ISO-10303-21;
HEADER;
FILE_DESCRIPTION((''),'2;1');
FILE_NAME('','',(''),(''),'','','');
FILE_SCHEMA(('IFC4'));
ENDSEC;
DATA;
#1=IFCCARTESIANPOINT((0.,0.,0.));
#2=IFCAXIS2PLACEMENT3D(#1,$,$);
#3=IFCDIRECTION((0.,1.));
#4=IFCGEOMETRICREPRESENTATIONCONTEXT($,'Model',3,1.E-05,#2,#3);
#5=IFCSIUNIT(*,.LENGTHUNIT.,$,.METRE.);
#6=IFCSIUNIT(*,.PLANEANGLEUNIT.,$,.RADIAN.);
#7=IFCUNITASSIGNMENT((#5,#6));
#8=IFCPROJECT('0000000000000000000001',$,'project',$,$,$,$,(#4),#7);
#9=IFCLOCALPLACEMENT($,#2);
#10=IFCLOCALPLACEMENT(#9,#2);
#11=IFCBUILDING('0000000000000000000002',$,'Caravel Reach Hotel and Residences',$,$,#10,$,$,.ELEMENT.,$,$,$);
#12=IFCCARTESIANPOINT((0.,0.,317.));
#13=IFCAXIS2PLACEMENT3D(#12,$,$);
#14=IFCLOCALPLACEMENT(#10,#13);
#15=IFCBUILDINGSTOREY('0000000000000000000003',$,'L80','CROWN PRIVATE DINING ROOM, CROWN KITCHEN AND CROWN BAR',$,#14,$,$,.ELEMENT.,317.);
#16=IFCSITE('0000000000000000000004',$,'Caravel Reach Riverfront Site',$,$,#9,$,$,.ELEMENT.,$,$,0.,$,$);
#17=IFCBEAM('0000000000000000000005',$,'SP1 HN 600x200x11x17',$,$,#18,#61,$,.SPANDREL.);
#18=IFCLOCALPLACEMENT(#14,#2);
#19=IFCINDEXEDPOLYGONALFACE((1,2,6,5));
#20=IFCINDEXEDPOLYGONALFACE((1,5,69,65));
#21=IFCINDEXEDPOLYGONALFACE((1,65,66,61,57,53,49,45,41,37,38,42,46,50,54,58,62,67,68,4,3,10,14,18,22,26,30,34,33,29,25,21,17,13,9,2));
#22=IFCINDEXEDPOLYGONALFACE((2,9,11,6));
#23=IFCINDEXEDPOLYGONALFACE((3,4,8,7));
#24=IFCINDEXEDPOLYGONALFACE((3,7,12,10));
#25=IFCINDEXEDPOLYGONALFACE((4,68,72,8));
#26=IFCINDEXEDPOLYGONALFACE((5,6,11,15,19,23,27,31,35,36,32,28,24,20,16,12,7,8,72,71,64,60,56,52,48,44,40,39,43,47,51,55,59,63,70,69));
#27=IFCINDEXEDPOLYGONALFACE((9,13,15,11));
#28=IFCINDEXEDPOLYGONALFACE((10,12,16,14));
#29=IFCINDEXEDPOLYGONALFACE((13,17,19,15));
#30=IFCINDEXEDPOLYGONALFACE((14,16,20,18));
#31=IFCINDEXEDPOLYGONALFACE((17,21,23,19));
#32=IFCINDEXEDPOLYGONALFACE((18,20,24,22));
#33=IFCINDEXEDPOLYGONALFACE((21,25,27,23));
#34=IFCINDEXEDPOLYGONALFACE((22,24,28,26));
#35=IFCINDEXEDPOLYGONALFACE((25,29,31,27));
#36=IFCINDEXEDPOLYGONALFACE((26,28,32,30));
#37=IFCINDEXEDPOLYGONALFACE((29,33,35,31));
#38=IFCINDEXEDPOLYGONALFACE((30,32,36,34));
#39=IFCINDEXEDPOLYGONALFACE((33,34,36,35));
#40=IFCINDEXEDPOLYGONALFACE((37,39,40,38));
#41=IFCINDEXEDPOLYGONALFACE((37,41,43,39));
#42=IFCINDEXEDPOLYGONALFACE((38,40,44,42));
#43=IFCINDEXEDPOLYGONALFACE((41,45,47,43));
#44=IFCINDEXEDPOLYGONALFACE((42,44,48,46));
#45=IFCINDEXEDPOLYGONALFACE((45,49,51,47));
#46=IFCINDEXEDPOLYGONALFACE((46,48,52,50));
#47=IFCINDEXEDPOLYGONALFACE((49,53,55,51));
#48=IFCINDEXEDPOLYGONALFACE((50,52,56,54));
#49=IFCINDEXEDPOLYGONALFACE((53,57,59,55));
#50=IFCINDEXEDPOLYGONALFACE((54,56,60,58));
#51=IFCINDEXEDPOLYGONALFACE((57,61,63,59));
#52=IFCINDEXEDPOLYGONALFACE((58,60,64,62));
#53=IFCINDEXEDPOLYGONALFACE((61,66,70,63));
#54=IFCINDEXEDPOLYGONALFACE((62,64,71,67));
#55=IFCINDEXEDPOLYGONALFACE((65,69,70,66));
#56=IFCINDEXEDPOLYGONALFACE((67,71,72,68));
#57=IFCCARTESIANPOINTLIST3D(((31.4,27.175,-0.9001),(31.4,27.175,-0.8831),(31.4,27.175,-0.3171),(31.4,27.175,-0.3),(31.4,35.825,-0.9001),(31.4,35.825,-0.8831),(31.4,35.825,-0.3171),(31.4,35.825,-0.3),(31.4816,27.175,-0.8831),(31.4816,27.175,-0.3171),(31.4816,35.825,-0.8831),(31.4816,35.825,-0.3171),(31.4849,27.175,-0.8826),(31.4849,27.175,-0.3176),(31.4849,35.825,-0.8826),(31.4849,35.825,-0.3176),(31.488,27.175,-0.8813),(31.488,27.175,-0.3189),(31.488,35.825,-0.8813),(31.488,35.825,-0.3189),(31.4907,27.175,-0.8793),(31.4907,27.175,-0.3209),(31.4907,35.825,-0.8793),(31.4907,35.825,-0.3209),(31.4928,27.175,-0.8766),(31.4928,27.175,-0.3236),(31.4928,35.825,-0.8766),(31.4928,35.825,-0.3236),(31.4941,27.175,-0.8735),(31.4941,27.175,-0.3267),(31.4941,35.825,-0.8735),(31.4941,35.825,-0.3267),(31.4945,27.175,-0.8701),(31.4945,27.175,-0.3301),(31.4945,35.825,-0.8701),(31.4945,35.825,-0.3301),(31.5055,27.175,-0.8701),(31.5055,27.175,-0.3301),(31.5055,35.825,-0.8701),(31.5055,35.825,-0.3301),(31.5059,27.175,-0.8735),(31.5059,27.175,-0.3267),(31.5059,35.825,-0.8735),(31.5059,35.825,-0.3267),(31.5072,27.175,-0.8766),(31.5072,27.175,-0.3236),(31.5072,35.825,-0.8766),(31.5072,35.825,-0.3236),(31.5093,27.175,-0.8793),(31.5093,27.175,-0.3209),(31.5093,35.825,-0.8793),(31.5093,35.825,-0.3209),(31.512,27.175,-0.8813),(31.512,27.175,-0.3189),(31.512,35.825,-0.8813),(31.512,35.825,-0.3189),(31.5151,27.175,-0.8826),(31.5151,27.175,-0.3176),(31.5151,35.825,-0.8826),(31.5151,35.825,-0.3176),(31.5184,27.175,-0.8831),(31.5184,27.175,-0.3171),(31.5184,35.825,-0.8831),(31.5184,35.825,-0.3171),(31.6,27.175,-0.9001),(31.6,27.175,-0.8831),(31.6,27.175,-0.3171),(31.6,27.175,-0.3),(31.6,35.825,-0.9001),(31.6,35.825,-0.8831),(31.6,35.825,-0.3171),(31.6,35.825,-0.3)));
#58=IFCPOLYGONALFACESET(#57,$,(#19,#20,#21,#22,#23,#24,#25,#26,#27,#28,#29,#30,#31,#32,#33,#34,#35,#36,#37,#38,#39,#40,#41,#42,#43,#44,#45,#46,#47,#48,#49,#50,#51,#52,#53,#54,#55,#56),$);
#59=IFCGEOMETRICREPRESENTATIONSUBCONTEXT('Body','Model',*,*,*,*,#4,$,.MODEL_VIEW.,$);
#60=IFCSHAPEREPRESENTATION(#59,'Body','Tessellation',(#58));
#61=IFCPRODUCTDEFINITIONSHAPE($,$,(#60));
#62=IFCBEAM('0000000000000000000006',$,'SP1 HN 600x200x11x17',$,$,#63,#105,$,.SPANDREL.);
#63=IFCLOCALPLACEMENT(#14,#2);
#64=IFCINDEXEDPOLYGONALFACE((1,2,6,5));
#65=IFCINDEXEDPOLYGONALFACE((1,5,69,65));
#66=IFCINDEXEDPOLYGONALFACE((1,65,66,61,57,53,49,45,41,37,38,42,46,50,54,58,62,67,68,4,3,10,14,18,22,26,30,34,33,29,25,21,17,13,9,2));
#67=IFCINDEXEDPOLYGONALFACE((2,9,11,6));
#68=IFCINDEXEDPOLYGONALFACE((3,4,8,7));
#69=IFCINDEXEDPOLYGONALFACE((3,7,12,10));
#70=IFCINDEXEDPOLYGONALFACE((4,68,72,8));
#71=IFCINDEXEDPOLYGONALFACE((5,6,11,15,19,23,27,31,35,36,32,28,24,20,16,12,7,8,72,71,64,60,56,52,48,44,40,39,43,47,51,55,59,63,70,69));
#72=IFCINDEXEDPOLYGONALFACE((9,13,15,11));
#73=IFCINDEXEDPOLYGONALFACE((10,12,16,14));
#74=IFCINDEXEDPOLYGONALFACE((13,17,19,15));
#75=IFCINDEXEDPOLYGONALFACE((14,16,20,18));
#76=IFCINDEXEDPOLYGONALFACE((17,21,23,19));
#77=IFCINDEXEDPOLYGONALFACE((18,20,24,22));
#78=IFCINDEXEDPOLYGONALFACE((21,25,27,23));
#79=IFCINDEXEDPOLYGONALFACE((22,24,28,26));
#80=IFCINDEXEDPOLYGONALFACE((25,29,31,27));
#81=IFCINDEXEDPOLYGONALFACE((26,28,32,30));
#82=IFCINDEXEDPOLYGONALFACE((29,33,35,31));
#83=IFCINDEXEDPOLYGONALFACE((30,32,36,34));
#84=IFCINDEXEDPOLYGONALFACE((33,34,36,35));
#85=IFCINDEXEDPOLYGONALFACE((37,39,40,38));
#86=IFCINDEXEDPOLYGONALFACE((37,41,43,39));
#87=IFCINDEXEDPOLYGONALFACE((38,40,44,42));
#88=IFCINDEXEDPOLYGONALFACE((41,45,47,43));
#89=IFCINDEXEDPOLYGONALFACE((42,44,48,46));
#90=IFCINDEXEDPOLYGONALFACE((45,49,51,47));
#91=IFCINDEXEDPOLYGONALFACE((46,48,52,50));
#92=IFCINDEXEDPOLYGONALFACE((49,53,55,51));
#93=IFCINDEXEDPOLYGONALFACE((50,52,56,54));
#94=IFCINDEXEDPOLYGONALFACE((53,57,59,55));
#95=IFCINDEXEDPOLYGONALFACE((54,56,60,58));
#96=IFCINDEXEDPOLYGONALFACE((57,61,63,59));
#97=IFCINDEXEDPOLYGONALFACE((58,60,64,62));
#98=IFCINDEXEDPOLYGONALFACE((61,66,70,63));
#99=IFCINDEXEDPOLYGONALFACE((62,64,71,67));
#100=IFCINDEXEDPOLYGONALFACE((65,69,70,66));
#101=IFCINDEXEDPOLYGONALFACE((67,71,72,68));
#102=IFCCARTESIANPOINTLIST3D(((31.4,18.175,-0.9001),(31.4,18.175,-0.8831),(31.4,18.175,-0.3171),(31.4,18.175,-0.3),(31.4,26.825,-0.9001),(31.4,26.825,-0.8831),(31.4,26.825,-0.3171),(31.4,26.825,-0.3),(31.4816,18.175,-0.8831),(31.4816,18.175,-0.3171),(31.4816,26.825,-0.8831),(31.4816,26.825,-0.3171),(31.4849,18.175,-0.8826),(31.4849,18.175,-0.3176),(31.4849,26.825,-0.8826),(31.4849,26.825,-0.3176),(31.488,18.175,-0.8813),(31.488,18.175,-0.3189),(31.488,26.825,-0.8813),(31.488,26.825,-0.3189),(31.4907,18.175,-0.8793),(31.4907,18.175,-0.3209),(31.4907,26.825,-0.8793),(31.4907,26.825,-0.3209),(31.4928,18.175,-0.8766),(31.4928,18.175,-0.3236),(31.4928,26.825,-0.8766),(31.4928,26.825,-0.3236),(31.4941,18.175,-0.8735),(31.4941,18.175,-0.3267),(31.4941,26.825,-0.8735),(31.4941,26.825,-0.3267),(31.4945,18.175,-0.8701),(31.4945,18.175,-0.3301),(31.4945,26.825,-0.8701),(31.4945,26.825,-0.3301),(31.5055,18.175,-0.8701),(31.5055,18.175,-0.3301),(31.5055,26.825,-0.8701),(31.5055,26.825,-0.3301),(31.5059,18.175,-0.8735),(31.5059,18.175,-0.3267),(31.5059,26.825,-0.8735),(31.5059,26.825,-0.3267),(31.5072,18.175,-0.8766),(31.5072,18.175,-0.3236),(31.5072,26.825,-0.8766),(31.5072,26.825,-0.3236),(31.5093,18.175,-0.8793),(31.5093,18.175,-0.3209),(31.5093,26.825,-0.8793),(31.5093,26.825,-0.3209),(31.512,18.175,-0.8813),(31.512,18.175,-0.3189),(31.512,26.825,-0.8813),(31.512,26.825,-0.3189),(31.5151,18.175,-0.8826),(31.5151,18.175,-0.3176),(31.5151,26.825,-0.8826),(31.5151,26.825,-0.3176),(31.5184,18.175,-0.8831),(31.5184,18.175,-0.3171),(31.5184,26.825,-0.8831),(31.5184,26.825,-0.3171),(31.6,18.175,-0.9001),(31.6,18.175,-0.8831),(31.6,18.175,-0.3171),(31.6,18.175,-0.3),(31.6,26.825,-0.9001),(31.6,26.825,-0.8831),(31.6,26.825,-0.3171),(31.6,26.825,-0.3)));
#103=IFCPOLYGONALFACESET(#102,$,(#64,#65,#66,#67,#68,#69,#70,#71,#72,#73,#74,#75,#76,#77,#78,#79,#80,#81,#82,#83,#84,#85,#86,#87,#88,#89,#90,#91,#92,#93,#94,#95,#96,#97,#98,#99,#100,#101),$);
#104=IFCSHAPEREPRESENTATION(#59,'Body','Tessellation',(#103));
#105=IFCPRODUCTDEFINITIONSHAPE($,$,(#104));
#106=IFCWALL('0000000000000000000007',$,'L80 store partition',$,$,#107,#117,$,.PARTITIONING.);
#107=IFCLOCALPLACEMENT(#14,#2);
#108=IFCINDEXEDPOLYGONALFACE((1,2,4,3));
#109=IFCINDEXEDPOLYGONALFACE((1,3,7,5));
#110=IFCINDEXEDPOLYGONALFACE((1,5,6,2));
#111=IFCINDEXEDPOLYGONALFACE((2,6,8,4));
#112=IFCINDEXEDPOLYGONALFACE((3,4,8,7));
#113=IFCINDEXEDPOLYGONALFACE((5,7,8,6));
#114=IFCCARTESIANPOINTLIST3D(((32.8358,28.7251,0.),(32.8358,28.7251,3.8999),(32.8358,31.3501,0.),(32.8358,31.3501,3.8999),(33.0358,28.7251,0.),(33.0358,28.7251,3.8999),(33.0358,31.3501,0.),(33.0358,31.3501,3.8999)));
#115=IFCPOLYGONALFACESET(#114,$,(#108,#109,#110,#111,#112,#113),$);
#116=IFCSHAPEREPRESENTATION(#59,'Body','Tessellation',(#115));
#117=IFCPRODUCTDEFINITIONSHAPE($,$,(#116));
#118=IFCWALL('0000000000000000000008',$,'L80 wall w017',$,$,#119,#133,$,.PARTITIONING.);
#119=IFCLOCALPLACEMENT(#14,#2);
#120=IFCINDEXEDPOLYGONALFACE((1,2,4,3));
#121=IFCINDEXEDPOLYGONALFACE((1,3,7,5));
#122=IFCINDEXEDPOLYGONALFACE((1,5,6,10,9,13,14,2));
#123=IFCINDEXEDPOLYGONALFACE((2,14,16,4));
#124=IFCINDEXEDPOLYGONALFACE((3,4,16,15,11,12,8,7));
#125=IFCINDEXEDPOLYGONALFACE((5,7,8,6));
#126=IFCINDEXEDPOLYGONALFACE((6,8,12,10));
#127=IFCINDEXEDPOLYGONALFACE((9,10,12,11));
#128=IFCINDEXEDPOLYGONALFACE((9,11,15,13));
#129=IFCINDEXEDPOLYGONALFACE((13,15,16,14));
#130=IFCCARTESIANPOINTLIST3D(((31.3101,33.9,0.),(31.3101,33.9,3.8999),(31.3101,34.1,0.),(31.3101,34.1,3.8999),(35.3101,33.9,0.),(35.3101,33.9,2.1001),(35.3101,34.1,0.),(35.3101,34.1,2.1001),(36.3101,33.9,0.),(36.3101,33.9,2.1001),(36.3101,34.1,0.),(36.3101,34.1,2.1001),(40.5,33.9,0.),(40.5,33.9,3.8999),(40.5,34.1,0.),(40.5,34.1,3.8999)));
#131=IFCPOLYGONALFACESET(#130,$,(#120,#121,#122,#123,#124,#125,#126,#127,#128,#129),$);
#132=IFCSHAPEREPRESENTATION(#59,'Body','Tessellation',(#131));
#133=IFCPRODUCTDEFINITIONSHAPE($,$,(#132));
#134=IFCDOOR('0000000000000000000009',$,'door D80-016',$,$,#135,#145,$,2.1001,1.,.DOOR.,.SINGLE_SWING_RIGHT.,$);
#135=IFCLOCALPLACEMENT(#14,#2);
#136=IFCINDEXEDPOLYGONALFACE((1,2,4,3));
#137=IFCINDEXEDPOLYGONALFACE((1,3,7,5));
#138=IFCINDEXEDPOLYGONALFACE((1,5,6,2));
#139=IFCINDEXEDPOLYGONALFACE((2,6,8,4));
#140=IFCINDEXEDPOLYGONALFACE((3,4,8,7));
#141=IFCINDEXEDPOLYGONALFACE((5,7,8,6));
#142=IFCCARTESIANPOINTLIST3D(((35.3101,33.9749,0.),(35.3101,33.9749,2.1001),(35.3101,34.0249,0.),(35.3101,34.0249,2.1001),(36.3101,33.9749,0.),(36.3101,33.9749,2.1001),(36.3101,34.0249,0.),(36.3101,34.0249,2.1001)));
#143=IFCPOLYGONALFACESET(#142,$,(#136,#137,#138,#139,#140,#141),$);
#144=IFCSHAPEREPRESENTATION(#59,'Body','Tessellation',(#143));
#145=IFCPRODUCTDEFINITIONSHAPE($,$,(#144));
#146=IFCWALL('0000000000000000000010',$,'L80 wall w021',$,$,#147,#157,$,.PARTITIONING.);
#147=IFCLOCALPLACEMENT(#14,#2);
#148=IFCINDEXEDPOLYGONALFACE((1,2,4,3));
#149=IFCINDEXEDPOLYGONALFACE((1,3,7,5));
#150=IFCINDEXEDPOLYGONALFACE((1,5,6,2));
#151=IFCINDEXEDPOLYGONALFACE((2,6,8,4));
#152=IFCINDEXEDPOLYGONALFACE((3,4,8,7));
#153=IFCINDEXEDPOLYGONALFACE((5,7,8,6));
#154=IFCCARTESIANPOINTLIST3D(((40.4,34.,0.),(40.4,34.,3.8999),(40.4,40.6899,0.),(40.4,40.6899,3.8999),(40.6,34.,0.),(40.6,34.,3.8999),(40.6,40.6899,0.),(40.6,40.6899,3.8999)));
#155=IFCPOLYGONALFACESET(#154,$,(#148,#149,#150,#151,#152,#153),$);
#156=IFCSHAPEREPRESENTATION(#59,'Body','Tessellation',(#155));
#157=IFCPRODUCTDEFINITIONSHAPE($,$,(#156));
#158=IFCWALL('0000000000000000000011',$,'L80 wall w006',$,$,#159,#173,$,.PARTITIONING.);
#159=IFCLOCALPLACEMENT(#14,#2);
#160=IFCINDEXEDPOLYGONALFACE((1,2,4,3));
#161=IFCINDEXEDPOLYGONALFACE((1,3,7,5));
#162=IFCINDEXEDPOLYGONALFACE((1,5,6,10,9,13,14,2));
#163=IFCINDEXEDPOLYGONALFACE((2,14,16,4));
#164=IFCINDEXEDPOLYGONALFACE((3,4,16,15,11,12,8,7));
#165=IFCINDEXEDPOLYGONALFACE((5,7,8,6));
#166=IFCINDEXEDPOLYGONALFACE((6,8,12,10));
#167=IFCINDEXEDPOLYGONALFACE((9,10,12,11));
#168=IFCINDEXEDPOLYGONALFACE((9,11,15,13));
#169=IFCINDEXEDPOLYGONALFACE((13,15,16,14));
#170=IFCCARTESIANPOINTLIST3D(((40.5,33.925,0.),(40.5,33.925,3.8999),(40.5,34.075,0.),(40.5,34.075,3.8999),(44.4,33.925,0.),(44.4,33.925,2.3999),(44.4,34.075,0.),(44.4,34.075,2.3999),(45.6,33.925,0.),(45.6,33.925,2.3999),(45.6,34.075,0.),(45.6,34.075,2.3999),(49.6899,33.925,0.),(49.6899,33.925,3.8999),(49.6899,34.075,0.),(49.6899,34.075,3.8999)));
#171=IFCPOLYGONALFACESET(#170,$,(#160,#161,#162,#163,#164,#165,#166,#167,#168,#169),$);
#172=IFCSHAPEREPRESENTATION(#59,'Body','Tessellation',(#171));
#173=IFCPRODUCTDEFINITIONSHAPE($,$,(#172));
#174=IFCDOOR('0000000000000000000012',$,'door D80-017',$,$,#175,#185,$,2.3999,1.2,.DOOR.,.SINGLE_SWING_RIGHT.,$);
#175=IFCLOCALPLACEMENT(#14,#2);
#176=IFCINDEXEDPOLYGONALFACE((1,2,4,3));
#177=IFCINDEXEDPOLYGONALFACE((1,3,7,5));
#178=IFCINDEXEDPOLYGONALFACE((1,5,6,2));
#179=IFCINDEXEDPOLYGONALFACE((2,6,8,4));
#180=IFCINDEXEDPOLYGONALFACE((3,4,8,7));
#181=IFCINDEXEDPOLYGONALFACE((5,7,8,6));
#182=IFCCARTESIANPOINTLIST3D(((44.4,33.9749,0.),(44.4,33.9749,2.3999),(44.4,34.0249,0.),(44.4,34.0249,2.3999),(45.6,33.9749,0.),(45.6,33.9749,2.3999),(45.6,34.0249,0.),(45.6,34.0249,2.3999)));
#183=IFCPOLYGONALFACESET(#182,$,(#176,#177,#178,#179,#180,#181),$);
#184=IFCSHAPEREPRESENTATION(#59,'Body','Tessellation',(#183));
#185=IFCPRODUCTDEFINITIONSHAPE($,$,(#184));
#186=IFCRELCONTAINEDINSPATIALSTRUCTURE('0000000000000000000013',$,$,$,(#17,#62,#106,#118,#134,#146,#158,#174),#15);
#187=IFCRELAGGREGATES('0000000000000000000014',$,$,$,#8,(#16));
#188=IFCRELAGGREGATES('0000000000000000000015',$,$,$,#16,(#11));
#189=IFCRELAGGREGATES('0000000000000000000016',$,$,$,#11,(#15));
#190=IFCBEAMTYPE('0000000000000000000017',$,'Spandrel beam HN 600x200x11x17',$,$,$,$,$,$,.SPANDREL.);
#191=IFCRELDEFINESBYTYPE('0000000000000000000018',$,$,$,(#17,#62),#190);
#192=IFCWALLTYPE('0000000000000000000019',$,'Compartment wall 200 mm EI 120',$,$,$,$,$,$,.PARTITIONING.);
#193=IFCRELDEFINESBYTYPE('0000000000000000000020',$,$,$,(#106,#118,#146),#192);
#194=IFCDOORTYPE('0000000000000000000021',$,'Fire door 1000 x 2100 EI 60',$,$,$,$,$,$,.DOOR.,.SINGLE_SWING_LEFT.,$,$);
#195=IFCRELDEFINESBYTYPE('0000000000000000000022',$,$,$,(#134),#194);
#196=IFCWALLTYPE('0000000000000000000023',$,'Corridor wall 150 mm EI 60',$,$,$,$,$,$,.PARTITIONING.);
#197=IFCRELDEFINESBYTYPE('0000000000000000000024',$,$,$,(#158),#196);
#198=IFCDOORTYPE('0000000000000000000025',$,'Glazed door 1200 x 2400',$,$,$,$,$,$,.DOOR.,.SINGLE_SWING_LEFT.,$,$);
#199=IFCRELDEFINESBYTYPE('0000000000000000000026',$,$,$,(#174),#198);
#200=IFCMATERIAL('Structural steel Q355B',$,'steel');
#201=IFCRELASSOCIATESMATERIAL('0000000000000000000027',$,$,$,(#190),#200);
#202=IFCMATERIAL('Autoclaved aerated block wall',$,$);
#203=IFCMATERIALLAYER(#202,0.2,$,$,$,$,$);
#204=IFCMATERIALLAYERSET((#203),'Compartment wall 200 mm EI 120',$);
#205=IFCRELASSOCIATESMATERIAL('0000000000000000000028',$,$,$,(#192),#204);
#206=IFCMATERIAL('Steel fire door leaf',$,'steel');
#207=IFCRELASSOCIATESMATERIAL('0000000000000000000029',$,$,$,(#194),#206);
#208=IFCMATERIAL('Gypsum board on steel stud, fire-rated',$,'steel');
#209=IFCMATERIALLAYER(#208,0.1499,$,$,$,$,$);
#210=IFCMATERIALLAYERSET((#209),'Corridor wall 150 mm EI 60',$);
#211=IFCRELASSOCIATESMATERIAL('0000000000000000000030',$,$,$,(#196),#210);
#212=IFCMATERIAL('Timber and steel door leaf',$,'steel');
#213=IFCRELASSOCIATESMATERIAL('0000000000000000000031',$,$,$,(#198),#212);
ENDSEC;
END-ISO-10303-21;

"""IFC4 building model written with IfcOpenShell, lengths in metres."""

from ifc_helpers import new_model, si_unit, direction, frame, frame_2d, origin, origin_2d, place, context, subcontext, project, spatial, rectangle, i_section, extrude, material, layer, layer_set, material_profile, profile_set, type_object, element, fill, save


model = new_model("IFC4")

# Units and contexts
model_context = context("Model", 3, precision=1e-05, world=origin(), true_north=direction((0.0, 1.0)))
body_context = subcontext(model_context, "Body", "Model", "MODEL_VIEW")
ifc_project = project(units=[si_unit("LENGTHUNIT", "METRE"), si_unit("PLANEANGLEUNIT", "RADIAN")], contexts=[model_context])

# Site, building, storey
site_placement = place(None, origin())
site = spatial("IfcSite", under=ifc_project, at=site_placement, Name="Caravel Reach Riverfront Site", CompositionType="ELEMENT", RefElevation=0.0)
building_placement = place(site_placement, origin())
building = spatial("IfcBuilding", under=site, at=building_placement, Name="Caravel Reach Hotel and Residences", CompositionType="ELEMENT")
storey_placement = place(building_placement, frame((0.0, 0.0, 317.0)))
storey = spatial("IfcBuildingStorey", under=building, at=storey_placement, Name="L80", Description="CROWN PRIVATE DINING ROOM, CROWN KITCHEN AND CROWN BAR", CompositionType="ELEMENT", Elevation=317.0)

# Beams
ifc_material_1 = material(Name="Structural steel Q355B", Category="steel")
ifc_material_profile_1 = material_profile(ifc_material_1, i_section(OverallWidth=0.2, OverallDepth=0.6001, WebThickness=0.011, FlangeThickness=0.0171, FilletRadius=0.0129, at=origin_2d()), Name="HN 600x200x11x17")
ifc_profile_set_1 = profile_set([ifc_material_profile_1], Name="Structural steel Q355B")
beam_type_1 = type_object("IfcBeamType", Name="Spandrel beam HN 600x200x11x17", PredefinedType="SPANDREL", material=ifc_profile_set_1)
for number, where, z_axis, x_axis, name in (
    (1, (31.5, 35.825, -0.6001), (0.0, -1.0, 0.0), (1.0, 0.0, 0.0), "SP1 HN 600x200x11x17"),
    (2, (31.5, 26.825, -0.6001), (0.0, -1.0, 0.0), (1.0, 0.0, 0.0), "SP1 HN 600x200x11x17"),
):
    element("IfcBeam", number, at=place(storey_placement, frame(where, z_axis=z_axis, x_axis=x_axis)), inside=storey, type_object=beam_type_1, Name=name, PredefinedType="SPANDREL", context=body_context, shape_type="SweptSolid", body=[
        extrude(i_section(OverallWidth=0.2, OverallDepth=0.6001, WebThickness=0.011, FlangeThickness=0.0171, FilletRadius=0.0129, at=origin_2d()), origin(), (0.0, 0.0, 1.0), 8.6499),
    ])

# Wall
ifc_material_2 = material(Name="Autoclaved aerated block wall")
ifc_layer_1 = layer(ifc_material_2, 0.2)
ifc_layer_set_1 = layer_set([ifc_layer_1], Name="Compartment wall 200 mm EI 120")
wall_type_1 = type_object("IfcWallType", Name="Compartment wall 200 mm EI 120", PredefinedType="PARTITIONING", material=ifc_layer_set_1)
wall_1_placement = place(storey_placement, frame((32.9358, 28.7251, 0.0), z_axis=(0.0, 0.0, 1.0), x_axis=(0.0, 1.0, 0.0)))
element("IfcWall", 3, at=wall_1_placement, inside=storey, type_object=wall_type_1, Name="L80 store partition", PredefinedType="PARTITIONING", context=body_context, shape_type="SweptSolid", body=[
    extrude(rectangle(XDim=2.625, YDim=0.2, at=frame_2d((1.3125, 0.0))), origin(), (0.0, 0.0, 1.0), 3.8999),
])

# Wall, opening, door
wall_2_placement = place(storey_placement, frame((31.3101, 34.0, 0.0), z_axis=(0.0, 0.0, 1.0), x_axis=(1.0, 0.0, 0.0)))
wall_2 = element("IfcWall", 4, at=wall_2_placement, inside=storey, type_object=wall_type_1, Name="L80 wall w017", PredefinedType="PARTITIONING", context=body_context, shape_type="SweptSolid", body=[
    extrude(rectangle(XDim=9.1899, YDim=0.2, at=frame_2d((4.595, 0.0))), origin(), (0.0, 0.0, 1.0), 3.8999),
])
opening_1_placement = place(wall_2_placement, frame((4.0, 0.0, 0.0)))
opening_1 = element("IfcOpeningElement", 5, at=opening_1_placement, cuts=wall_2, PredefinedType="OPENING", context=body_context, shape_type="SweptSolid", body=[
    extrude(rectangle(XDim=1.0, YDim=2.1001, at=frame_2d((0.5, 1.05))), frame((0.0, 0.1099, 0.0), z_axis=(0.0, -1.0, 0.0), x_axis=(1.0, 0.0, 0.0)), (0.0, 0.0, 1.0), 0.22),
])
ifc_material_3 = material(Name="Steel fire door leaf", Category="steel")
door_type_1 = type_object("IfcDoorType", Name="Fire door 1000 x 2100 EI 60", OperationType="SINGLE_SWING_LEFT", PredefinedType="DOOR", material=ifc_material_3)
door_1_placement = place(opening_1_placement, origin())
door_1 = element("IfcDoor", 6, at=door_1_placement, inside=storey, type_object=door_type_1, Name="door D80-016", OperationType="SINGLE_SWING_RIGHT", OverallHeight=2.1001, OverallWidth=1.0, PredefinedType="DOOR", context=body_context, shape_type="SweptSolid", body=[
    extrude(rectangle(XDim=1.0, YDim=2.1001, at=frame_2d((0.5, 1.05))), frame((0.0, 0.0249, 0.0), z_axis=(0.0, -1.0, 0.0), x_axis=(1.0, 0.0, 0.0)), (0.0, 0.0, 1.0), 0.05),
])
fill(opening_1, door_1)

# Wall
wall_3_placement = place(storey_placement, frame((40.5, 34.0, 0.0), z_axis=(0.0, 0.0, 1.0), x_axis=(0.0, 1.0, 0.0)))
element("IfcWall", 7, at=wall_3_placement, inside=storey, type_object=wall_type_1, Name="L80 wall w021", PredefinedType="PARTITIONING", context=body_context, shape_type="SweptSolid", body=[
    extrude(rectangle(XDim=6.6899, YDim=0.2, at=frame_2d((3.345, 0.0))), origin(), (0.0, 0.0, 1.0), 3.8999),
])

# Wall, opening, door
ifc_material_4 = material(Name="Gypsum board on steel stud, fire-rated", Category="steel")
ifc_layer_2 = layer(ifc_material_4, 0.1499)
ifc_layer_set_2 = layer_set([ifc_layer_2], Name="Corridor wall 150 mm EI 60")
wall_type_2 = type_object("IfcWallType", Name="Corridor wall 150 mm EI 60", PredefinedType="PARTITIONING", material=ifc_layer_set_2)
wall_4_placement = place(storey_placement, frame((40.5, 34.0, 0.0), z_axis=(0.0, 0.0, 1.0), x_axis=(1.0, 0.0, 0.0)))
wall_4 = element("IfcWall", 8, at=wall_4_placement, inside=storey, type_object=wall_type_2, Name="L80 wall w006", PredefinedType="PARTITIONING", context=body_context, shape_type="SweptSolid", body=[
    extrude(rectangle(XDim=9.1899, YDim=0.1499, at=frame_2d((4.595, 0.0))), origin(), (0.0, 0.0, 1.0), 3.8999),
])
opening_2_placement = place(wall_4_placement, frame((3.8999, 0.0, 0.0)))
opening_2 = element("IfcOpeningElement", 9, at=opening_2_placement, cuts=wall_4, PredefinedType="OPENING", context=body_context, shape_type="SweptSolid", body=[
    extrude(rectangle(XDim=1.2, YDim=2.3999, at=frame_2d((0.6001, 1.2))), frame((0.0, 0.085, 0.0), z_axis=(0.0, -1.0, 0.0), x_axis=(1.0, 0.0, 0.0)), (0.0, 0.0, 1.0), 0.1699),
])
ifc_material_5 = material(Name="Timber and steel door leaf", Category="steel")
door_type_2 = type_object("IfcDoorType", Name="Glazed door 1200 x 2400", OperationType="SINGLE_SWING_LEFT", PredefinedType="DOOR", material=ifc_material_5)
door_2_placement = place(opening_2_placement, origin())
door_2 = element("IfcDoor", 10, at=door_2_placement, inside=storey, type_object=door_type_2, Name="door D80-017", OperationType="SINGLE_SWING_RIGHT", OverallHeight=2.3999, OverallWidth=1.2, PredefinedType="DOOR", context=body_context, shape_type="SweptSolid", body=[
    extrude(rectangle(XDim=1.2, YDim=2.3999, at=frame_2d((0.6001, 1.2))), frame((0.0, 0.0249, 0.0), z_axis=(0.0, -1.0, 0.0), x_axis=(1.0, 0.0, 0.0)), (0.0, 0.0, 1.0), 0.05),
])
fill(opening_2, door_2)

save(model, "model.ifc")
